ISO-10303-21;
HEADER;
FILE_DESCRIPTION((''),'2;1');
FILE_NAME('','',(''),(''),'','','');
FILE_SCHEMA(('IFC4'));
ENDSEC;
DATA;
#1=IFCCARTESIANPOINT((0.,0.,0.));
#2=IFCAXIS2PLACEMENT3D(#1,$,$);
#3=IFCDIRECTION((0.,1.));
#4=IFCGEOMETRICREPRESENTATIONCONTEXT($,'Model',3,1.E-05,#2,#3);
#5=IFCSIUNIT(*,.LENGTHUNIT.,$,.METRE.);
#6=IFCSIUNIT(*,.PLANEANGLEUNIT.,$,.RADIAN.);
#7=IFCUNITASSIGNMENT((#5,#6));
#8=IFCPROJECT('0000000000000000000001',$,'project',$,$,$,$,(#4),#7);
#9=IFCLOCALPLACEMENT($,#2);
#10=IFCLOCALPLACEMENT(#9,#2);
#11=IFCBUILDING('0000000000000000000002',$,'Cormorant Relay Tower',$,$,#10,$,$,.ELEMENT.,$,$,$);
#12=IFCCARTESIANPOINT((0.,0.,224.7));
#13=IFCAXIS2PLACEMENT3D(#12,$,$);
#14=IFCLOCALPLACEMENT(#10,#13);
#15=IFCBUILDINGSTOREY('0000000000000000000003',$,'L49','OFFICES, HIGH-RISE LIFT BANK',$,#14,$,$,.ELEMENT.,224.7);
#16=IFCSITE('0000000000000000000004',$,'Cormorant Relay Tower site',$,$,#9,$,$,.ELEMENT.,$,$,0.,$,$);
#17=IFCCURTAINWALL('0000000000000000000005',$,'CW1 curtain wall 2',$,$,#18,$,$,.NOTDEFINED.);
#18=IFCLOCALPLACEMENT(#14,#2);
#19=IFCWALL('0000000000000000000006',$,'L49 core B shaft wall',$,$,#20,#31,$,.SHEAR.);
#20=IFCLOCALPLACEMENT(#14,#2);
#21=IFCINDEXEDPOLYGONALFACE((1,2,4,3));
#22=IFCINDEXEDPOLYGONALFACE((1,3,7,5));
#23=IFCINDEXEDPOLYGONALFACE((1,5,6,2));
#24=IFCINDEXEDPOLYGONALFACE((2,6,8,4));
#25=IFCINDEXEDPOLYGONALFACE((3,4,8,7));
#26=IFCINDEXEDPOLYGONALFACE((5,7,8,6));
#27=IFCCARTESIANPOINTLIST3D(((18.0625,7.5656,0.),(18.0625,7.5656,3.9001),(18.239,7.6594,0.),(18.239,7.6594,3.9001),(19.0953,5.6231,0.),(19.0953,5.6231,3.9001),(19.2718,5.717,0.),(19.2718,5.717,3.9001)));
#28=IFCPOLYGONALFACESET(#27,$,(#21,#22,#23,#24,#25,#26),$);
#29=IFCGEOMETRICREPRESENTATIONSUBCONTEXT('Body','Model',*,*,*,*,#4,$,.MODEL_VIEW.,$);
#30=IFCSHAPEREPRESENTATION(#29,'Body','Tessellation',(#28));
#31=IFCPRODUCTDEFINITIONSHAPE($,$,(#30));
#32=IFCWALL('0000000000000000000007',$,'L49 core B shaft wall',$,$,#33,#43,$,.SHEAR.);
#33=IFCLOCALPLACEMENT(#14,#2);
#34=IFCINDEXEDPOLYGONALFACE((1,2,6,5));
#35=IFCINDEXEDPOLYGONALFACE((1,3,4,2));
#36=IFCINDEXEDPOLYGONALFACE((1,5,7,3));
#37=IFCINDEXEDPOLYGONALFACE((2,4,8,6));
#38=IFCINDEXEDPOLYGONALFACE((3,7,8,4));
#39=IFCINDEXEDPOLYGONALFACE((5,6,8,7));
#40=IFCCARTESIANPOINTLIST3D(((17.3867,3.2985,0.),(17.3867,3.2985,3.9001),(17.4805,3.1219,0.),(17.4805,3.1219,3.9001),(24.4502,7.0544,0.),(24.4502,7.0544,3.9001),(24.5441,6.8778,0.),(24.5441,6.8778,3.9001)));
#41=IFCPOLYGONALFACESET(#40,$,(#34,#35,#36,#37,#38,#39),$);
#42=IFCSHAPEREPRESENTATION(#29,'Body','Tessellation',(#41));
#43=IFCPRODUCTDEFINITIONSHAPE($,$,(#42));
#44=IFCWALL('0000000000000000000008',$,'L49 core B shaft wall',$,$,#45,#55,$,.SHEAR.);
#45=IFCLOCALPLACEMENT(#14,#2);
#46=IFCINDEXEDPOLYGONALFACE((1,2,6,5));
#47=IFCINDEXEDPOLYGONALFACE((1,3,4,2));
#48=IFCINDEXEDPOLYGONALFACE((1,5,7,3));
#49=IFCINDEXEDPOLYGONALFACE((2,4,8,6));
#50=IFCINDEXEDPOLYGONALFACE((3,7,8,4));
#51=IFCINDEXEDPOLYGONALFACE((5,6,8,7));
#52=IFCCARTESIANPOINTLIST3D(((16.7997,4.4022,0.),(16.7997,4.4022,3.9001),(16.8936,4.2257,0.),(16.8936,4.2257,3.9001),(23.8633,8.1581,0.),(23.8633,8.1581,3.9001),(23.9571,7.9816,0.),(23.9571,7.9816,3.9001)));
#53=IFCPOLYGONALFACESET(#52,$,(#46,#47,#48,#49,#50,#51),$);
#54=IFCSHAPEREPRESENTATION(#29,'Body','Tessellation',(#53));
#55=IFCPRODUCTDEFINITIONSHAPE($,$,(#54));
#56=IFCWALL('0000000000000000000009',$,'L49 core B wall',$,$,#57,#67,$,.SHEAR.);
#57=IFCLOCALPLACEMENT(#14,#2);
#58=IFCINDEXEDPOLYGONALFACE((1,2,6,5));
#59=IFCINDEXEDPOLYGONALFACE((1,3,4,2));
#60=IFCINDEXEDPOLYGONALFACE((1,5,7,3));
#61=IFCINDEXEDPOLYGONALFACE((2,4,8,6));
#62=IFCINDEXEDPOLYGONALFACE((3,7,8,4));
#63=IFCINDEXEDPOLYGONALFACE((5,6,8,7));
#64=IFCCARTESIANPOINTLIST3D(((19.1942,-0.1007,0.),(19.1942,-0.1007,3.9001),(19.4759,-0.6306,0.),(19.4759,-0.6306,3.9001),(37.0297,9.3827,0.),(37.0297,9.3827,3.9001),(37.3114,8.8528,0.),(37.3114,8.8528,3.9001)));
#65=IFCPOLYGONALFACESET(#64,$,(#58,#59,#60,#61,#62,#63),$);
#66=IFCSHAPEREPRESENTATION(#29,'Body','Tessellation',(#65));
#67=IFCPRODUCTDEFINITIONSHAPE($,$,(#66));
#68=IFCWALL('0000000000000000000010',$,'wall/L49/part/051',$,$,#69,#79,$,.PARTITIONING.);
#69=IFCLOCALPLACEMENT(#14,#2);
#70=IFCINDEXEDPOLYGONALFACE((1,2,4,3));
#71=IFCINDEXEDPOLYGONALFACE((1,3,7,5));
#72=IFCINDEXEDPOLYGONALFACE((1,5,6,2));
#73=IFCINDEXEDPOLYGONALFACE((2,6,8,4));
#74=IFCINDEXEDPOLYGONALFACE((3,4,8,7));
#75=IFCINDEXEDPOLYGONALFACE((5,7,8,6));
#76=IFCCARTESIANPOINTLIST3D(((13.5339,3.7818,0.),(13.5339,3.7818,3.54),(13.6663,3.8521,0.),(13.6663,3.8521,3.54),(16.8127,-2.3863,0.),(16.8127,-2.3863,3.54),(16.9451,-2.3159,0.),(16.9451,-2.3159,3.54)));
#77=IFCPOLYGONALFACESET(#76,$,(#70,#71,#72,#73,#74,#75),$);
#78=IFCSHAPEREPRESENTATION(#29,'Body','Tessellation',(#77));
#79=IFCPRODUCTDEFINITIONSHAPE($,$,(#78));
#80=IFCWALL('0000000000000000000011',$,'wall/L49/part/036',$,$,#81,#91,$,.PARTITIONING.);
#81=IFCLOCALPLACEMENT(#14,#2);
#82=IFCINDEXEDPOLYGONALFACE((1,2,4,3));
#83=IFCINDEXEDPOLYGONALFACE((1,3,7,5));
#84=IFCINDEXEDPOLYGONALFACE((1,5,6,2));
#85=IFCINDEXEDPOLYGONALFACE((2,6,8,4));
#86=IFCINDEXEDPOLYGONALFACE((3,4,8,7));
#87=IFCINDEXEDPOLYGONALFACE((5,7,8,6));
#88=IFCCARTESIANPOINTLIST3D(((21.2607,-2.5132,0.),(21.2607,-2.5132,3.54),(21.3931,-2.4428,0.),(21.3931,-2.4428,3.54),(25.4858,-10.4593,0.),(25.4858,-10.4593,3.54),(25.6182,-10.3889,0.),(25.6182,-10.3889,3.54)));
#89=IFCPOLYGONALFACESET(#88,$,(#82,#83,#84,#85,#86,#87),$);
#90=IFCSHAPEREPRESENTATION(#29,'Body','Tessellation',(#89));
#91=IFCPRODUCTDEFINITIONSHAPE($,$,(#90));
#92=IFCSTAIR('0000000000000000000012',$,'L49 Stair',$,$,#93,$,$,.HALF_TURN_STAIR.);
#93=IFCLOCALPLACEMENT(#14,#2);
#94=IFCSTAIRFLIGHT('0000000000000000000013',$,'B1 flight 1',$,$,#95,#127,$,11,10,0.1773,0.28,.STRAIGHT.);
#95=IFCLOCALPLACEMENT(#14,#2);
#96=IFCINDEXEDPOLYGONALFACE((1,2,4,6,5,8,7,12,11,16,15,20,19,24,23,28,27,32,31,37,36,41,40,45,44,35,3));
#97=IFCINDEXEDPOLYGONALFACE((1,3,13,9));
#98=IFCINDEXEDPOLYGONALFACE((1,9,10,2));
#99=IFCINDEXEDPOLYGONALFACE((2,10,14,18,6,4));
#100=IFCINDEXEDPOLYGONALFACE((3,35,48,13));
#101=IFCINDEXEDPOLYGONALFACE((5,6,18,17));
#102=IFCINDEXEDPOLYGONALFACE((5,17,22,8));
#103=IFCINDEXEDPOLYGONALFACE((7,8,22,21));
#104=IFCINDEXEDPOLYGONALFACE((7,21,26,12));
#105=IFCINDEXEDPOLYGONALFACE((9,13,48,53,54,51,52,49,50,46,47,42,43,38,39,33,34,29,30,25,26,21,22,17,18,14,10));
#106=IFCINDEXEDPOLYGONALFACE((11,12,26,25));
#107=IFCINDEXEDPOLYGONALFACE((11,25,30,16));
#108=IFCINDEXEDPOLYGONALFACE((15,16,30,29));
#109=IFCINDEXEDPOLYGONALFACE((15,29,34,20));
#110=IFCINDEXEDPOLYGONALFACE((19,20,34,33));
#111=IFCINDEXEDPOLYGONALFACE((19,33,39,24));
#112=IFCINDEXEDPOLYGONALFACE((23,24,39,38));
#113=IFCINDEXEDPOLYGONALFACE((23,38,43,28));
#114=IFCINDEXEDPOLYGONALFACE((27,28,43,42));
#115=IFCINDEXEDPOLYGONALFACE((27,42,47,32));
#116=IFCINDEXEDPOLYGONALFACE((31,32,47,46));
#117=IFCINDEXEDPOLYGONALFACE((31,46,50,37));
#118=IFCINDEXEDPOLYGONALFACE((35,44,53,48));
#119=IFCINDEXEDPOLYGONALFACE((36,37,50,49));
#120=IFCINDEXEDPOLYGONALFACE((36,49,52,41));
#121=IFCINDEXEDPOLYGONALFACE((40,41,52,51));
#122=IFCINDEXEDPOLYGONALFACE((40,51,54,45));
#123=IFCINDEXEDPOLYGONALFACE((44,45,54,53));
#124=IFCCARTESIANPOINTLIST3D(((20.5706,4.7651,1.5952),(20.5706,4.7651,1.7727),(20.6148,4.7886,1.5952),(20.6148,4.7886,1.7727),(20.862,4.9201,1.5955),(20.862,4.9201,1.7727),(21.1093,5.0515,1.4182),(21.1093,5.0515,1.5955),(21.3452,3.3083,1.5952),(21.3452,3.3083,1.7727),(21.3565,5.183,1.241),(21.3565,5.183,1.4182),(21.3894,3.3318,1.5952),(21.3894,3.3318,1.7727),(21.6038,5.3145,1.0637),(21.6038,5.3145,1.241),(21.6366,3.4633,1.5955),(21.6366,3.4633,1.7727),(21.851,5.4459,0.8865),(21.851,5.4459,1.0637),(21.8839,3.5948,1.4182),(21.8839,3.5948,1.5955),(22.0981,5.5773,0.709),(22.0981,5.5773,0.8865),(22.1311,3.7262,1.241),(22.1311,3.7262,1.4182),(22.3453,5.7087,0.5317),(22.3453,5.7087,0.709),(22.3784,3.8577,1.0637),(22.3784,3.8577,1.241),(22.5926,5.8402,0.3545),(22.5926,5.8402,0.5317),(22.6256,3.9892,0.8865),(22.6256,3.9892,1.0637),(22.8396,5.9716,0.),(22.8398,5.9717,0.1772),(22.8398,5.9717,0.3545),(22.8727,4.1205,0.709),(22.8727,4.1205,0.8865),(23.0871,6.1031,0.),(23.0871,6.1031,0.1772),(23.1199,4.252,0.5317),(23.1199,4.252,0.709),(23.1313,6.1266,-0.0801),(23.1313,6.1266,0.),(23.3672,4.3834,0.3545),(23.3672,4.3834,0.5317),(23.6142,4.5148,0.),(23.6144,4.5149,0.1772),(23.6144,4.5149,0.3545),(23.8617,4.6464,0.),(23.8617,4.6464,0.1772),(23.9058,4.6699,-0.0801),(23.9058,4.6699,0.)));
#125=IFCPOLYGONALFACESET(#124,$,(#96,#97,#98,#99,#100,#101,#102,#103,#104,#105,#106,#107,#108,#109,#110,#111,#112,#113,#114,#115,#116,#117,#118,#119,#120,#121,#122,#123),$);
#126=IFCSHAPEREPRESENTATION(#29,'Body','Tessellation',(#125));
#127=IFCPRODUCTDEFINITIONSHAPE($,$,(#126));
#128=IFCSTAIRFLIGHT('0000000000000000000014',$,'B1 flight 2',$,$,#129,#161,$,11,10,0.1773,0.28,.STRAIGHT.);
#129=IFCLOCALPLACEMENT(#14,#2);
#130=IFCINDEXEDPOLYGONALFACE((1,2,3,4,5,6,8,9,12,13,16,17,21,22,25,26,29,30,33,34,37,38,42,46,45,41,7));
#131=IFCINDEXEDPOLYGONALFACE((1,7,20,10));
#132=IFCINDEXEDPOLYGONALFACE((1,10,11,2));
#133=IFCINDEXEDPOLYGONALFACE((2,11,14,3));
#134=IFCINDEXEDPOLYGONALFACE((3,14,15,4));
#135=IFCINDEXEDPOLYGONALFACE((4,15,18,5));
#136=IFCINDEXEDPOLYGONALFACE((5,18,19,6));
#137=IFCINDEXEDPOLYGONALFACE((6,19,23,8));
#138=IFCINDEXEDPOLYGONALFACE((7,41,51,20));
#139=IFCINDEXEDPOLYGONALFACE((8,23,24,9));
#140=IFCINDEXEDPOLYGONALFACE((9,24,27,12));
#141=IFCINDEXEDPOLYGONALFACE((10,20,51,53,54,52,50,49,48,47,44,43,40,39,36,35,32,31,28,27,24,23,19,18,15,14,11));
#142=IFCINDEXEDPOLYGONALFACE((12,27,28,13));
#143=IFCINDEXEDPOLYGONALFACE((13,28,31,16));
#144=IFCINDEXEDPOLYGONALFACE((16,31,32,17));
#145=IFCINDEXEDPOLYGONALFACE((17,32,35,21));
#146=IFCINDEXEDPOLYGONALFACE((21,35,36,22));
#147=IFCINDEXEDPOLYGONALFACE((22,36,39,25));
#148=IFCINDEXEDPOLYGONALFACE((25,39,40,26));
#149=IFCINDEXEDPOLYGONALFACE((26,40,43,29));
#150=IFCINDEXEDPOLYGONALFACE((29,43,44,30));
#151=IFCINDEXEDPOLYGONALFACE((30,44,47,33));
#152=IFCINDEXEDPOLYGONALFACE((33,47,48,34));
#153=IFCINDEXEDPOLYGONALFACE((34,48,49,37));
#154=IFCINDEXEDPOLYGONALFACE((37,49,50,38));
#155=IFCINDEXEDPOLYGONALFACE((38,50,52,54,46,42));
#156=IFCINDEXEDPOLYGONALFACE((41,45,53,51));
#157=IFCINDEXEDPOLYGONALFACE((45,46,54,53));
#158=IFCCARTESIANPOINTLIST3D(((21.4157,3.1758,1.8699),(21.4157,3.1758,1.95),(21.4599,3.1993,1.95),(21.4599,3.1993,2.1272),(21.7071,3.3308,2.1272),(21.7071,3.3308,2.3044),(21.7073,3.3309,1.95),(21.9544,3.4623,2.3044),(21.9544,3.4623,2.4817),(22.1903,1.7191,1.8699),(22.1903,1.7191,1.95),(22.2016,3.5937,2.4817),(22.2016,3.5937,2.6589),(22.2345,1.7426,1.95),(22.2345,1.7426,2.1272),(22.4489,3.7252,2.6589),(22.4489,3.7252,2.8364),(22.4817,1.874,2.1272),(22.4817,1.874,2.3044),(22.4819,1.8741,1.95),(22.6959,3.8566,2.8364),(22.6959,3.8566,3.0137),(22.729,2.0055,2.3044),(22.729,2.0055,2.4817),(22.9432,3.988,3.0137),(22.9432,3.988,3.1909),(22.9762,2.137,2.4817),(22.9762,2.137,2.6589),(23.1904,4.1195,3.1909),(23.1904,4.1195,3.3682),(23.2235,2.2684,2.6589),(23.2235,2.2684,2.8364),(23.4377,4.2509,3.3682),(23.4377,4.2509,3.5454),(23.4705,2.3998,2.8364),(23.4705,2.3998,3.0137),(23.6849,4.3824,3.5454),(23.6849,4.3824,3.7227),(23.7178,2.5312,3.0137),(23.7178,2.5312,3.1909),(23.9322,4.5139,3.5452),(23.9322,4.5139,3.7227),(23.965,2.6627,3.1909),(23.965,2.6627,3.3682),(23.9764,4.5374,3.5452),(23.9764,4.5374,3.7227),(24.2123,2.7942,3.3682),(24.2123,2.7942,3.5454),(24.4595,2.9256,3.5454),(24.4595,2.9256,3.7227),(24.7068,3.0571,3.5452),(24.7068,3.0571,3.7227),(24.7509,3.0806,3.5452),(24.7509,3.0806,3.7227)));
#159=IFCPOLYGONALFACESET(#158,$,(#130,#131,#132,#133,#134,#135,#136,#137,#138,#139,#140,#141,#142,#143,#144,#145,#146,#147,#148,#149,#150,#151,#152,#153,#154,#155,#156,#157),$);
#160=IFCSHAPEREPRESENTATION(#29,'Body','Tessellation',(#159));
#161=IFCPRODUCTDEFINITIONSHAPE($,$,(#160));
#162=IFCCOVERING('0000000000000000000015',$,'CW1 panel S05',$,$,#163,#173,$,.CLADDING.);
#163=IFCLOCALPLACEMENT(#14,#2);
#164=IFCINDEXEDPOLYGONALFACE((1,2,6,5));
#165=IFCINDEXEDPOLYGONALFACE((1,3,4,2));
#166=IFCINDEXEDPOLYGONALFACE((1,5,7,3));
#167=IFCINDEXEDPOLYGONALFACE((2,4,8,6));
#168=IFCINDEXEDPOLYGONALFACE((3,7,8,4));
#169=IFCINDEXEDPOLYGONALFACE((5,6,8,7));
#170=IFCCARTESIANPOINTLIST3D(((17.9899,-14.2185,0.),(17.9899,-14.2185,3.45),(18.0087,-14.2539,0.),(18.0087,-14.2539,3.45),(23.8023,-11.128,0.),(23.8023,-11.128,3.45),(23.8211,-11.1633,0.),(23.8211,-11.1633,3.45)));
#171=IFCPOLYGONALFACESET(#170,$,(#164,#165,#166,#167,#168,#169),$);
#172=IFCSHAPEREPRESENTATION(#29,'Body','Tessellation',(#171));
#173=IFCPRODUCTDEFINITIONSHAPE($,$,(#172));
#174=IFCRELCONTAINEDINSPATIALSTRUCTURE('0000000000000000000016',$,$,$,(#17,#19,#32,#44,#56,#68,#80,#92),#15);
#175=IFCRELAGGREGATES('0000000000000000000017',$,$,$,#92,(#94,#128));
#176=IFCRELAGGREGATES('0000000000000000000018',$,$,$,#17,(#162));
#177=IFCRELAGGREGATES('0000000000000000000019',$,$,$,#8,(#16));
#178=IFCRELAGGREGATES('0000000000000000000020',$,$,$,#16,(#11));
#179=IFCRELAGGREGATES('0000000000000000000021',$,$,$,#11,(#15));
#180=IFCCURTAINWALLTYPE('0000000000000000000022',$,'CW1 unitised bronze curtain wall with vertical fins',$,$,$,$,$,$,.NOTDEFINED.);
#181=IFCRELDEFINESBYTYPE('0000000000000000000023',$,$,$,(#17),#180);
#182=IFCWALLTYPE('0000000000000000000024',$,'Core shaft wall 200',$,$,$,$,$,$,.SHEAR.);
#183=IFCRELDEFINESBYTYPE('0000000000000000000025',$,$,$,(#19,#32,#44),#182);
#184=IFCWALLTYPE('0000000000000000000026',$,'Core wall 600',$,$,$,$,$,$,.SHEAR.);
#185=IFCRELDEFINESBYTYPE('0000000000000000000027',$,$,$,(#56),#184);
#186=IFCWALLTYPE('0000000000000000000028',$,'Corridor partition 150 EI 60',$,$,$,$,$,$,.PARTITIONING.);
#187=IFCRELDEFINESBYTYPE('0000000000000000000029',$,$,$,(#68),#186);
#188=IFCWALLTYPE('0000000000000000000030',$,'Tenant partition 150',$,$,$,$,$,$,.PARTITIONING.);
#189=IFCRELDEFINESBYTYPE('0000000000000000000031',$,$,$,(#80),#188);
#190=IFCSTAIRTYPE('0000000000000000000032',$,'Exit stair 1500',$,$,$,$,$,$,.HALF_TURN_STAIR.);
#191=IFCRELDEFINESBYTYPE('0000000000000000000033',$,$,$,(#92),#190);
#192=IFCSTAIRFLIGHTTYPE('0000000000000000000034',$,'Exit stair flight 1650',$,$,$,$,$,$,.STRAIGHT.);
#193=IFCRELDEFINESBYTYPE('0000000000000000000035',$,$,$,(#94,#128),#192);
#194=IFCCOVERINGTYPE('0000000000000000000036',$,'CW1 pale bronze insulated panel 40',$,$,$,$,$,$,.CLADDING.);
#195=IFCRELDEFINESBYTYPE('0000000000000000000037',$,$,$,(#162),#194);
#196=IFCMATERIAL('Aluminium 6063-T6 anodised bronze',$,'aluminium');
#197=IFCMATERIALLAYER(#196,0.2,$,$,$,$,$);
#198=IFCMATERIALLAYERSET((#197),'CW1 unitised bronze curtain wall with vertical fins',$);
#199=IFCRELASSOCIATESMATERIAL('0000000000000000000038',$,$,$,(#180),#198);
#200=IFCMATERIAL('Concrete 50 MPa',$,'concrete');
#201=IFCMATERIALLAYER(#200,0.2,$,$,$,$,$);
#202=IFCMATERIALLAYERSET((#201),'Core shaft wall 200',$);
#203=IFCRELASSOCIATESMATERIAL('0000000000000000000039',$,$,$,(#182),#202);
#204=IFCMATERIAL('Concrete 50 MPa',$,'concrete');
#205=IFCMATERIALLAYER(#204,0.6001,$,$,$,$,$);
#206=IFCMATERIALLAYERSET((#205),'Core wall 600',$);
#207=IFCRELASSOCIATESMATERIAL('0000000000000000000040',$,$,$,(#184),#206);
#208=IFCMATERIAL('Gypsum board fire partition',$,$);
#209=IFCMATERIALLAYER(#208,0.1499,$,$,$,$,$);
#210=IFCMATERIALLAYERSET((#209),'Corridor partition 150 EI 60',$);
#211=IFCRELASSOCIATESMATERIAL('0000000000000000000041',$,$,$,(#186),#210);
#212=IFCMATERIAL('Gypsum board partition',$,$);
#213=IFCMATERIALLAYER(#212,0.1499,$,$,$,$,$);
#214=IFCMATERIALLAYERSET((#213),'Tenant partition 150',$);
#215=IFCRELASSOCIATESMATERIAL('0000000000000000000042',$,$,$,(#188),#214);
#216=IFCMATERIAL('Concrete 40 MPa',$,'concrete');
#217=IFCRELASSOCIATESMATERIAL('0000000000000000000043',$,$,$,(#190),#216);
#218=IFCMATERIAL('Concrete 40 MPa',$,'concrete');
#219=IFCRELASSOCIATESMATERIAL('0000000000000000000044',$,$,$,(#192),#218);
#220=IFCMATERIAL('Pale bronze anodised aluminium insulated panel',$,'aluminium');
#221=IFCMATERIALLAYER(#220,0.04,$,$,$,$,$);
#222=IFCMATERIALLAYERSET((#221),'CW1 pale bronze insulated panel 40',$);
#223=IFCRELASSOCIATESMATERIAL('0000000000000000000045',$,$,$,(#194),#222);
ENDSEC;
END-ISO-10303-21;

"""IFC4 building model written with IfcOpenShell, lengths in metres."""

from ifc_helpers import new_model, si_unit, direction, frame, frame_2d, origin, origin_2d, place, context, subcontext, project, spatial, polyline, rectangle, outline, extrude, material, layer, layer_set, type_object, element, aggregate, save


model = new_model("IFC4")

# Units and contexts
model_context = context("Model", 3, precision=1e-05, world=origin(), true_north=direction((0.0, 1.0)))
body_context = subcontext(model_context, "Body", "Model", "MODEL_VIEW")
ifc_project = project(units=[si_unit("LENGTHUNIT", "METRE"), si_unit("PLANEANGLEUNIT", "RADIAN")], contexts=[model_context])

# Site, building, storey
site_placement = place(None, origin())
site = spatial("IfcSite", under=ifc_project, at=site_placement, Name="Cormorant Relay Tower site", CompositionType="ELEMENT", RefElevation=0.0)
building_placement = place(site_placement, origin())
building = spatial("IfcBuilding", under=site, at=building_placement, Name="Cormorant Relay Tower", CompositionType="ELEMENT")
storey_placement = place(building_placement, frame((0.0, 0.0, 224.7)))
storey = spatial("IfcBuildingStorey", under=building, at=storey_placement, Name="L49", Description="OFFICES, HIGH-RISE LIFT BANK", CompositionType="ELEMENT", Elevation=224.7)

# Curtain wall
ifc_material_1 = material(Name="Aluminium 6063-T6 anodised bronze", Category="aluminium")
ifc_layer_1 = layer(ifc_material_1, 0.2)
ifc_layer_set_1 = layer_set([ifc_layer_1], Name="CW1 unitised bronze curtain wall with vertical fins")
curtain_wall_type = type_object("IfcCurtainWallType", Name="CW1 unitised bronze curtain wall with vertical fins", PredefinedType="NOTDEFINED", material=ifc_layer_set_1)
curtain_wall_placement = place(storey_placement, origin())
curtain_wall = element("IfcCurtainWall", 1, at=curtain_wall_placement, inside=storey, type_object=curtain_wall_type, Name="CW1 curtain wall 2", PredefinedType="NOTDEFINED")

# Walls
ifc_material_2 = material(Name="Concrete 50 MPa", Category="concrete")
ifc_layer_2 = layer(ifc_material_2, 0.2)
ifc_layer_set_2 = layer_set([ifc_layer_2], Name="Core shaft wall 200")
wall_type_1 = type_object("IfcWallType", Name="Core shaft wall 200", PredefinedType="SHEAR", material=ifc_layer_set_2)
wall_1_placement = place(storey_placement, frame((19.1836, 5.6699, 0.0), z_axis=(0.0, 0.0, 1.0), x_axis=(-0.469447, 0.88296, 0.0)))
element("IfcWall", 2, at=wall_1_placement, inside=storey, type_object=wall_type_1, Name="L49 core B shaft wall", PredefinedType="SHEAR", context=body_context, shape_type="SweptSolid", body=[
    extrude(rectangle(XDim=2.2, YDim=0.2, at=frame_2d((1.1001, 0.0))), origin(), (0.0, 0.0, 1.0), 3.9001),
])
for number, where, z_axis, x_axis, name in (
    (3, (17.4336, 3.2102, 0.0), (0.0, 0.0, 1.0), (0.88294, 0.469485, 0.0), "L49 core B shaft wall"),
    (4, (16.8467, 4.314, 0.0), (0.0, 0.0, 1.0), (0.88294, 0.469485, 0.0), "L49 core B shaft wall"),
):
    element("IfcWall", number, at=place(storey_placement, frame(where, z_axis=z_axis, x_axis=x_axis)), inside=storey, type_object=wall_type_1, Name=name, PredefinedType="SHEAR", context=body_context, shape_type="SweptSolid", body=[
        extrude(rectangle(XDim=8.0, YDim=0.2, at=frame_2d((4.0, 0.0))), origin(), (0.0, 0.0, 1.0), 3.9001),
    ])

# Shared definitions
ifc_material_3 = material(Name="Concrete 50 MPa", Category="concrete")
ifc_layer_3 = layer(ifc_material_3, 0.6001)
ifc_layer_set_3 = layer_set([ifc_layer_3], Name="Core wall 600")
wall_type_2 = type_object("IfcWallType", Name="Core wall 600", PredefinedType="SHEAR", material=ifc_layer_set_3)

# Walls
wall_2_placement = place(storey_placement, frame((19.335, -0.3657, 0.0), z_axis=(0.0, 0.0, 1.0), x_axis=(0.882945, 0.469476, 0.0)))
element("IfcWall", 5, at=wall_2_placement, inside=storey, type_object=wall_type_2, Name="L49 core B wall", PredefinedType="SHEAR", context=body_context, shape_type="SweptSolid", body=[
    extrude(rectangle(XDim=20.2, YDim=0.6001, at=frame_2d((10.1001, 0.0))), origin(), (0.0, 0.0, 1.0), 3.9001),
])
ifc_material_4 = material(Name="Gypsum board fire partition")
ifc_layer_4 = layer(ifc_material_4, 0.1499)
ifc_layer_set_4 = layer_set([ifc_layer_4], Name="Corridor partition 150 EI 60")
wall_type_3 = type_object("IfcWallType", Name="Corridor partition 150 EI 60", PredefinedType="PARTITIONING", material=ifc_layer_set_4)
wall_3_placement = place(storey_placement, frame((16.8789, -2.3511, 0.0), z_axis=(0.0, 0.0, 1.0), x_axis=(-0.469387, 0.882993, 0.0)))
element("IfcWall", 6, at=wall_3_placement, inside=storey, type_object=wall_type_3, Name="wall/L49/part/051", PredefinedType="PARTITIONING", context=body_context, shape_type="SweptSolid", body=[
    extrude(rectangle(XDim=6.9854, YDim=0.1499, at=frame_2d((3.4927, 0.0))), origin(), (0.0, 0.0, 1.0), 3.54),
])
ifc_material_5 = material(Name="Gypsum board partition")
ifc_layer_5 = layer(ifc_material_5, 0.1499)
ifc_layer_set_5 = layer_set([ifc_layer_5], Name="Tenant partition 150")
wall_type_4 = type_object("IfcWallType", Name="Tenant partition 150", PredefinedType="PARTITIONING", material=ifc_layer_set_5)
wall_4_placement = place(storey_placement, frame((21.3269, -2.478, 0.0), z_axis=(0.0, 0.0, 1.0), x_axis=(0.469481, -0.882942, 0.0)))
element("IfcWall", 7, at=wall_4_placement, inside=storey, type_object=wall_type_4, Name="wall/L49/part/036", PredefinedType="PARTITIONING", context=body_context, shape_type="SweptSolid", body=[
    extrude(rectangle(XDim=8.9995, YDim=0.1499, at=frame_2d((4.4998, 0.0))), origin(), (0.0, 0.0, 1.0), 3.54),
])

# Stair, stair flights
ifc_material_6 = material(Name="Concrete 40 MPa", Category="concrete")
stair_type = type_object("IfcStairType", Name="Exit stair 1500", PredefinedType="HALF_TURN_STAIR", material=ifc_material_6)
stair_placement = place(storey_placement, origin())
stair = element("IfcStair", 8, at=stair_placement, inside=storey, type_object=stair_type, Name="L49 Stair", PredefinedType="HALF_TURN_STAIR")
ifc_material_7 = material(Name="Concrete 40 MPa", Category="concrete")
stair_flight_type = type_object("IfcStairFlightType", Name="Exit stair flight 1650", PredefinedType="STRAIGHT", material=ifc_material_7)
stair_flight_1_placement = place(storey_placement, frame((23.4744, 5.3748, 0.0), z_axis=(0.0, 0.0, 1.0), x_axis=(-0.882948, -0.469472, 0.0)))
stair_flight_1 = element("IfcStairFlight", 9, at=stair_flight_1_placement, type_object=stair_flight_type, Name="B1 flight 1", NumberOfRisers=11, NumberOfTreads=10, PredefinedType="STRAIGHT", RiserHeight=0.1773, TreadLength=0.28, context=body_context, shape_type="SweptSolid", body=[
    extrude(outline(polyline([(-0.05, -0.0801), (-0.05, 0.0), (0.0, 0.0), (0.0, 0.1772), (0.28, 0.1772), (0.28, 0.3545), (0.5601, 0.3545), (0.5601, 0.5317), (0.8401, 0.5317), (0.8401, 0.709), (1.1201, 0.709), (1.1201, 0.8865), (1.3999, 0.8865), (1.3999, 1.0637), (1.6799, 1.0637), (1.6799, 1.241), (1.96, 1.241), (1.96, 1.4182), (2.24, 1.4182), (2.24, 1.5955), (2.52, 1.5955), (2.52, 1.7727), (2.8, 1.7727), (2.8501, 1.7727), (2.8501, 1.5952), (2.8, 1.5952), (0.2803, 0.0), (-0.05, -0.0801)])), frame((0.0, 0.825, 0.0), z_axis=(0.0, -1.0, 0.0), x_axis=(1.0, 0.0, 0.0)), (0.0, 0.0, 1.0), 1.6499),
])
stair_flight_2_placement = place(storey_placement, frame((21.8472, 2.4709, 1.95), z_axis=(0.0, 0.0, 1.0), x_axis=(0.882948, 0.469472, 0.0)))
stair_flight_2 = element("IfcStairFlight", 10, at=stair_flight_2_placement, type_object=stair_flight_type, Name="B1 flight 2", NumberOfRisers=11, NumberOfTreads=10, PredefinedType="STRAIGHT", RiserHeight=0.1773, TreadLength=0.28, context=body_context, shape_type="SweptSolid", body=[
    extrude(outline(polyline([(-0.05, -0.0801), (-0.05, 0.0), (0.0, 0.0), (0.0, 0.1772), (0.28, 0.1772), (0.28, 0.3545), (0.5601, 0.3545), (0.5601, 0.5317), (0.8401, 0.5317), (0.8401, 0.709), (1.1201, 0.709), (1.1201, 0.8865), (1.3999, 0.8865), (1.3999, 1.0637), (1.6799, 1.0637), (1.6799, 1.241), (1.96, 1.241), (1.96, 1.4182), (2.24, 1.4182), (2.24, 1.5955), (2.52, 1.5955), (2.52, 1.7727), (2.8, 1.7727), (2.8501, 1.7727), (2.8501, 1.5952), (2.8, 1.5952), (0.2803, 0.0), (-0.05, -0.0801)])), frame((0.0, 0.825, 0.0), z_axis=(0.0, -1.0, 0.0), x_axis=(1.0, 0.0, 0.0)), (0.0, 0.0, 1.0), 1.6499),
])
aggregate(stair, [stair_flight_1, stair_flight_2])

# Covering
ifc_material_8 = material(Name="Pale bronze anodised aluminium insulated panel", Category="aluminium")
ifc_layer_6 = layer(ifc_material_8, 0.04)
ifc_layer_set_6 = layer_set([ifc_layer_6], Name="CW1 pale bronze insulated panel 40")
covering_type = type_object("IfcCoveringType", Name="CW1 pale bronze insulated panel 40", PredefinedType="CLADDING", material=ifc_layer_set_6)
covering_placement = place(storey_placement, frame((20.9055, -12.6909, 0.0), z_axis=(0.0, 0.0, 1.0), x_axis=(0.882948, 0.469472, 0.0)))
covering = element("IfcCovering", 11, at=covering_placement, type_object=covering_type, Name="CW1 panel S05", PredefinedType="CLADDING", context=body_context, shape_type="SweptSolid", body=[
    extrude(rectangle(XDim=6.583, YDim=0.04, at=origin_2d()), origin(), (0.0, 0.0, 1.0), 3.45),
])
aggregate(curtain_wall, [covering])

save(model, "model.ifc")
